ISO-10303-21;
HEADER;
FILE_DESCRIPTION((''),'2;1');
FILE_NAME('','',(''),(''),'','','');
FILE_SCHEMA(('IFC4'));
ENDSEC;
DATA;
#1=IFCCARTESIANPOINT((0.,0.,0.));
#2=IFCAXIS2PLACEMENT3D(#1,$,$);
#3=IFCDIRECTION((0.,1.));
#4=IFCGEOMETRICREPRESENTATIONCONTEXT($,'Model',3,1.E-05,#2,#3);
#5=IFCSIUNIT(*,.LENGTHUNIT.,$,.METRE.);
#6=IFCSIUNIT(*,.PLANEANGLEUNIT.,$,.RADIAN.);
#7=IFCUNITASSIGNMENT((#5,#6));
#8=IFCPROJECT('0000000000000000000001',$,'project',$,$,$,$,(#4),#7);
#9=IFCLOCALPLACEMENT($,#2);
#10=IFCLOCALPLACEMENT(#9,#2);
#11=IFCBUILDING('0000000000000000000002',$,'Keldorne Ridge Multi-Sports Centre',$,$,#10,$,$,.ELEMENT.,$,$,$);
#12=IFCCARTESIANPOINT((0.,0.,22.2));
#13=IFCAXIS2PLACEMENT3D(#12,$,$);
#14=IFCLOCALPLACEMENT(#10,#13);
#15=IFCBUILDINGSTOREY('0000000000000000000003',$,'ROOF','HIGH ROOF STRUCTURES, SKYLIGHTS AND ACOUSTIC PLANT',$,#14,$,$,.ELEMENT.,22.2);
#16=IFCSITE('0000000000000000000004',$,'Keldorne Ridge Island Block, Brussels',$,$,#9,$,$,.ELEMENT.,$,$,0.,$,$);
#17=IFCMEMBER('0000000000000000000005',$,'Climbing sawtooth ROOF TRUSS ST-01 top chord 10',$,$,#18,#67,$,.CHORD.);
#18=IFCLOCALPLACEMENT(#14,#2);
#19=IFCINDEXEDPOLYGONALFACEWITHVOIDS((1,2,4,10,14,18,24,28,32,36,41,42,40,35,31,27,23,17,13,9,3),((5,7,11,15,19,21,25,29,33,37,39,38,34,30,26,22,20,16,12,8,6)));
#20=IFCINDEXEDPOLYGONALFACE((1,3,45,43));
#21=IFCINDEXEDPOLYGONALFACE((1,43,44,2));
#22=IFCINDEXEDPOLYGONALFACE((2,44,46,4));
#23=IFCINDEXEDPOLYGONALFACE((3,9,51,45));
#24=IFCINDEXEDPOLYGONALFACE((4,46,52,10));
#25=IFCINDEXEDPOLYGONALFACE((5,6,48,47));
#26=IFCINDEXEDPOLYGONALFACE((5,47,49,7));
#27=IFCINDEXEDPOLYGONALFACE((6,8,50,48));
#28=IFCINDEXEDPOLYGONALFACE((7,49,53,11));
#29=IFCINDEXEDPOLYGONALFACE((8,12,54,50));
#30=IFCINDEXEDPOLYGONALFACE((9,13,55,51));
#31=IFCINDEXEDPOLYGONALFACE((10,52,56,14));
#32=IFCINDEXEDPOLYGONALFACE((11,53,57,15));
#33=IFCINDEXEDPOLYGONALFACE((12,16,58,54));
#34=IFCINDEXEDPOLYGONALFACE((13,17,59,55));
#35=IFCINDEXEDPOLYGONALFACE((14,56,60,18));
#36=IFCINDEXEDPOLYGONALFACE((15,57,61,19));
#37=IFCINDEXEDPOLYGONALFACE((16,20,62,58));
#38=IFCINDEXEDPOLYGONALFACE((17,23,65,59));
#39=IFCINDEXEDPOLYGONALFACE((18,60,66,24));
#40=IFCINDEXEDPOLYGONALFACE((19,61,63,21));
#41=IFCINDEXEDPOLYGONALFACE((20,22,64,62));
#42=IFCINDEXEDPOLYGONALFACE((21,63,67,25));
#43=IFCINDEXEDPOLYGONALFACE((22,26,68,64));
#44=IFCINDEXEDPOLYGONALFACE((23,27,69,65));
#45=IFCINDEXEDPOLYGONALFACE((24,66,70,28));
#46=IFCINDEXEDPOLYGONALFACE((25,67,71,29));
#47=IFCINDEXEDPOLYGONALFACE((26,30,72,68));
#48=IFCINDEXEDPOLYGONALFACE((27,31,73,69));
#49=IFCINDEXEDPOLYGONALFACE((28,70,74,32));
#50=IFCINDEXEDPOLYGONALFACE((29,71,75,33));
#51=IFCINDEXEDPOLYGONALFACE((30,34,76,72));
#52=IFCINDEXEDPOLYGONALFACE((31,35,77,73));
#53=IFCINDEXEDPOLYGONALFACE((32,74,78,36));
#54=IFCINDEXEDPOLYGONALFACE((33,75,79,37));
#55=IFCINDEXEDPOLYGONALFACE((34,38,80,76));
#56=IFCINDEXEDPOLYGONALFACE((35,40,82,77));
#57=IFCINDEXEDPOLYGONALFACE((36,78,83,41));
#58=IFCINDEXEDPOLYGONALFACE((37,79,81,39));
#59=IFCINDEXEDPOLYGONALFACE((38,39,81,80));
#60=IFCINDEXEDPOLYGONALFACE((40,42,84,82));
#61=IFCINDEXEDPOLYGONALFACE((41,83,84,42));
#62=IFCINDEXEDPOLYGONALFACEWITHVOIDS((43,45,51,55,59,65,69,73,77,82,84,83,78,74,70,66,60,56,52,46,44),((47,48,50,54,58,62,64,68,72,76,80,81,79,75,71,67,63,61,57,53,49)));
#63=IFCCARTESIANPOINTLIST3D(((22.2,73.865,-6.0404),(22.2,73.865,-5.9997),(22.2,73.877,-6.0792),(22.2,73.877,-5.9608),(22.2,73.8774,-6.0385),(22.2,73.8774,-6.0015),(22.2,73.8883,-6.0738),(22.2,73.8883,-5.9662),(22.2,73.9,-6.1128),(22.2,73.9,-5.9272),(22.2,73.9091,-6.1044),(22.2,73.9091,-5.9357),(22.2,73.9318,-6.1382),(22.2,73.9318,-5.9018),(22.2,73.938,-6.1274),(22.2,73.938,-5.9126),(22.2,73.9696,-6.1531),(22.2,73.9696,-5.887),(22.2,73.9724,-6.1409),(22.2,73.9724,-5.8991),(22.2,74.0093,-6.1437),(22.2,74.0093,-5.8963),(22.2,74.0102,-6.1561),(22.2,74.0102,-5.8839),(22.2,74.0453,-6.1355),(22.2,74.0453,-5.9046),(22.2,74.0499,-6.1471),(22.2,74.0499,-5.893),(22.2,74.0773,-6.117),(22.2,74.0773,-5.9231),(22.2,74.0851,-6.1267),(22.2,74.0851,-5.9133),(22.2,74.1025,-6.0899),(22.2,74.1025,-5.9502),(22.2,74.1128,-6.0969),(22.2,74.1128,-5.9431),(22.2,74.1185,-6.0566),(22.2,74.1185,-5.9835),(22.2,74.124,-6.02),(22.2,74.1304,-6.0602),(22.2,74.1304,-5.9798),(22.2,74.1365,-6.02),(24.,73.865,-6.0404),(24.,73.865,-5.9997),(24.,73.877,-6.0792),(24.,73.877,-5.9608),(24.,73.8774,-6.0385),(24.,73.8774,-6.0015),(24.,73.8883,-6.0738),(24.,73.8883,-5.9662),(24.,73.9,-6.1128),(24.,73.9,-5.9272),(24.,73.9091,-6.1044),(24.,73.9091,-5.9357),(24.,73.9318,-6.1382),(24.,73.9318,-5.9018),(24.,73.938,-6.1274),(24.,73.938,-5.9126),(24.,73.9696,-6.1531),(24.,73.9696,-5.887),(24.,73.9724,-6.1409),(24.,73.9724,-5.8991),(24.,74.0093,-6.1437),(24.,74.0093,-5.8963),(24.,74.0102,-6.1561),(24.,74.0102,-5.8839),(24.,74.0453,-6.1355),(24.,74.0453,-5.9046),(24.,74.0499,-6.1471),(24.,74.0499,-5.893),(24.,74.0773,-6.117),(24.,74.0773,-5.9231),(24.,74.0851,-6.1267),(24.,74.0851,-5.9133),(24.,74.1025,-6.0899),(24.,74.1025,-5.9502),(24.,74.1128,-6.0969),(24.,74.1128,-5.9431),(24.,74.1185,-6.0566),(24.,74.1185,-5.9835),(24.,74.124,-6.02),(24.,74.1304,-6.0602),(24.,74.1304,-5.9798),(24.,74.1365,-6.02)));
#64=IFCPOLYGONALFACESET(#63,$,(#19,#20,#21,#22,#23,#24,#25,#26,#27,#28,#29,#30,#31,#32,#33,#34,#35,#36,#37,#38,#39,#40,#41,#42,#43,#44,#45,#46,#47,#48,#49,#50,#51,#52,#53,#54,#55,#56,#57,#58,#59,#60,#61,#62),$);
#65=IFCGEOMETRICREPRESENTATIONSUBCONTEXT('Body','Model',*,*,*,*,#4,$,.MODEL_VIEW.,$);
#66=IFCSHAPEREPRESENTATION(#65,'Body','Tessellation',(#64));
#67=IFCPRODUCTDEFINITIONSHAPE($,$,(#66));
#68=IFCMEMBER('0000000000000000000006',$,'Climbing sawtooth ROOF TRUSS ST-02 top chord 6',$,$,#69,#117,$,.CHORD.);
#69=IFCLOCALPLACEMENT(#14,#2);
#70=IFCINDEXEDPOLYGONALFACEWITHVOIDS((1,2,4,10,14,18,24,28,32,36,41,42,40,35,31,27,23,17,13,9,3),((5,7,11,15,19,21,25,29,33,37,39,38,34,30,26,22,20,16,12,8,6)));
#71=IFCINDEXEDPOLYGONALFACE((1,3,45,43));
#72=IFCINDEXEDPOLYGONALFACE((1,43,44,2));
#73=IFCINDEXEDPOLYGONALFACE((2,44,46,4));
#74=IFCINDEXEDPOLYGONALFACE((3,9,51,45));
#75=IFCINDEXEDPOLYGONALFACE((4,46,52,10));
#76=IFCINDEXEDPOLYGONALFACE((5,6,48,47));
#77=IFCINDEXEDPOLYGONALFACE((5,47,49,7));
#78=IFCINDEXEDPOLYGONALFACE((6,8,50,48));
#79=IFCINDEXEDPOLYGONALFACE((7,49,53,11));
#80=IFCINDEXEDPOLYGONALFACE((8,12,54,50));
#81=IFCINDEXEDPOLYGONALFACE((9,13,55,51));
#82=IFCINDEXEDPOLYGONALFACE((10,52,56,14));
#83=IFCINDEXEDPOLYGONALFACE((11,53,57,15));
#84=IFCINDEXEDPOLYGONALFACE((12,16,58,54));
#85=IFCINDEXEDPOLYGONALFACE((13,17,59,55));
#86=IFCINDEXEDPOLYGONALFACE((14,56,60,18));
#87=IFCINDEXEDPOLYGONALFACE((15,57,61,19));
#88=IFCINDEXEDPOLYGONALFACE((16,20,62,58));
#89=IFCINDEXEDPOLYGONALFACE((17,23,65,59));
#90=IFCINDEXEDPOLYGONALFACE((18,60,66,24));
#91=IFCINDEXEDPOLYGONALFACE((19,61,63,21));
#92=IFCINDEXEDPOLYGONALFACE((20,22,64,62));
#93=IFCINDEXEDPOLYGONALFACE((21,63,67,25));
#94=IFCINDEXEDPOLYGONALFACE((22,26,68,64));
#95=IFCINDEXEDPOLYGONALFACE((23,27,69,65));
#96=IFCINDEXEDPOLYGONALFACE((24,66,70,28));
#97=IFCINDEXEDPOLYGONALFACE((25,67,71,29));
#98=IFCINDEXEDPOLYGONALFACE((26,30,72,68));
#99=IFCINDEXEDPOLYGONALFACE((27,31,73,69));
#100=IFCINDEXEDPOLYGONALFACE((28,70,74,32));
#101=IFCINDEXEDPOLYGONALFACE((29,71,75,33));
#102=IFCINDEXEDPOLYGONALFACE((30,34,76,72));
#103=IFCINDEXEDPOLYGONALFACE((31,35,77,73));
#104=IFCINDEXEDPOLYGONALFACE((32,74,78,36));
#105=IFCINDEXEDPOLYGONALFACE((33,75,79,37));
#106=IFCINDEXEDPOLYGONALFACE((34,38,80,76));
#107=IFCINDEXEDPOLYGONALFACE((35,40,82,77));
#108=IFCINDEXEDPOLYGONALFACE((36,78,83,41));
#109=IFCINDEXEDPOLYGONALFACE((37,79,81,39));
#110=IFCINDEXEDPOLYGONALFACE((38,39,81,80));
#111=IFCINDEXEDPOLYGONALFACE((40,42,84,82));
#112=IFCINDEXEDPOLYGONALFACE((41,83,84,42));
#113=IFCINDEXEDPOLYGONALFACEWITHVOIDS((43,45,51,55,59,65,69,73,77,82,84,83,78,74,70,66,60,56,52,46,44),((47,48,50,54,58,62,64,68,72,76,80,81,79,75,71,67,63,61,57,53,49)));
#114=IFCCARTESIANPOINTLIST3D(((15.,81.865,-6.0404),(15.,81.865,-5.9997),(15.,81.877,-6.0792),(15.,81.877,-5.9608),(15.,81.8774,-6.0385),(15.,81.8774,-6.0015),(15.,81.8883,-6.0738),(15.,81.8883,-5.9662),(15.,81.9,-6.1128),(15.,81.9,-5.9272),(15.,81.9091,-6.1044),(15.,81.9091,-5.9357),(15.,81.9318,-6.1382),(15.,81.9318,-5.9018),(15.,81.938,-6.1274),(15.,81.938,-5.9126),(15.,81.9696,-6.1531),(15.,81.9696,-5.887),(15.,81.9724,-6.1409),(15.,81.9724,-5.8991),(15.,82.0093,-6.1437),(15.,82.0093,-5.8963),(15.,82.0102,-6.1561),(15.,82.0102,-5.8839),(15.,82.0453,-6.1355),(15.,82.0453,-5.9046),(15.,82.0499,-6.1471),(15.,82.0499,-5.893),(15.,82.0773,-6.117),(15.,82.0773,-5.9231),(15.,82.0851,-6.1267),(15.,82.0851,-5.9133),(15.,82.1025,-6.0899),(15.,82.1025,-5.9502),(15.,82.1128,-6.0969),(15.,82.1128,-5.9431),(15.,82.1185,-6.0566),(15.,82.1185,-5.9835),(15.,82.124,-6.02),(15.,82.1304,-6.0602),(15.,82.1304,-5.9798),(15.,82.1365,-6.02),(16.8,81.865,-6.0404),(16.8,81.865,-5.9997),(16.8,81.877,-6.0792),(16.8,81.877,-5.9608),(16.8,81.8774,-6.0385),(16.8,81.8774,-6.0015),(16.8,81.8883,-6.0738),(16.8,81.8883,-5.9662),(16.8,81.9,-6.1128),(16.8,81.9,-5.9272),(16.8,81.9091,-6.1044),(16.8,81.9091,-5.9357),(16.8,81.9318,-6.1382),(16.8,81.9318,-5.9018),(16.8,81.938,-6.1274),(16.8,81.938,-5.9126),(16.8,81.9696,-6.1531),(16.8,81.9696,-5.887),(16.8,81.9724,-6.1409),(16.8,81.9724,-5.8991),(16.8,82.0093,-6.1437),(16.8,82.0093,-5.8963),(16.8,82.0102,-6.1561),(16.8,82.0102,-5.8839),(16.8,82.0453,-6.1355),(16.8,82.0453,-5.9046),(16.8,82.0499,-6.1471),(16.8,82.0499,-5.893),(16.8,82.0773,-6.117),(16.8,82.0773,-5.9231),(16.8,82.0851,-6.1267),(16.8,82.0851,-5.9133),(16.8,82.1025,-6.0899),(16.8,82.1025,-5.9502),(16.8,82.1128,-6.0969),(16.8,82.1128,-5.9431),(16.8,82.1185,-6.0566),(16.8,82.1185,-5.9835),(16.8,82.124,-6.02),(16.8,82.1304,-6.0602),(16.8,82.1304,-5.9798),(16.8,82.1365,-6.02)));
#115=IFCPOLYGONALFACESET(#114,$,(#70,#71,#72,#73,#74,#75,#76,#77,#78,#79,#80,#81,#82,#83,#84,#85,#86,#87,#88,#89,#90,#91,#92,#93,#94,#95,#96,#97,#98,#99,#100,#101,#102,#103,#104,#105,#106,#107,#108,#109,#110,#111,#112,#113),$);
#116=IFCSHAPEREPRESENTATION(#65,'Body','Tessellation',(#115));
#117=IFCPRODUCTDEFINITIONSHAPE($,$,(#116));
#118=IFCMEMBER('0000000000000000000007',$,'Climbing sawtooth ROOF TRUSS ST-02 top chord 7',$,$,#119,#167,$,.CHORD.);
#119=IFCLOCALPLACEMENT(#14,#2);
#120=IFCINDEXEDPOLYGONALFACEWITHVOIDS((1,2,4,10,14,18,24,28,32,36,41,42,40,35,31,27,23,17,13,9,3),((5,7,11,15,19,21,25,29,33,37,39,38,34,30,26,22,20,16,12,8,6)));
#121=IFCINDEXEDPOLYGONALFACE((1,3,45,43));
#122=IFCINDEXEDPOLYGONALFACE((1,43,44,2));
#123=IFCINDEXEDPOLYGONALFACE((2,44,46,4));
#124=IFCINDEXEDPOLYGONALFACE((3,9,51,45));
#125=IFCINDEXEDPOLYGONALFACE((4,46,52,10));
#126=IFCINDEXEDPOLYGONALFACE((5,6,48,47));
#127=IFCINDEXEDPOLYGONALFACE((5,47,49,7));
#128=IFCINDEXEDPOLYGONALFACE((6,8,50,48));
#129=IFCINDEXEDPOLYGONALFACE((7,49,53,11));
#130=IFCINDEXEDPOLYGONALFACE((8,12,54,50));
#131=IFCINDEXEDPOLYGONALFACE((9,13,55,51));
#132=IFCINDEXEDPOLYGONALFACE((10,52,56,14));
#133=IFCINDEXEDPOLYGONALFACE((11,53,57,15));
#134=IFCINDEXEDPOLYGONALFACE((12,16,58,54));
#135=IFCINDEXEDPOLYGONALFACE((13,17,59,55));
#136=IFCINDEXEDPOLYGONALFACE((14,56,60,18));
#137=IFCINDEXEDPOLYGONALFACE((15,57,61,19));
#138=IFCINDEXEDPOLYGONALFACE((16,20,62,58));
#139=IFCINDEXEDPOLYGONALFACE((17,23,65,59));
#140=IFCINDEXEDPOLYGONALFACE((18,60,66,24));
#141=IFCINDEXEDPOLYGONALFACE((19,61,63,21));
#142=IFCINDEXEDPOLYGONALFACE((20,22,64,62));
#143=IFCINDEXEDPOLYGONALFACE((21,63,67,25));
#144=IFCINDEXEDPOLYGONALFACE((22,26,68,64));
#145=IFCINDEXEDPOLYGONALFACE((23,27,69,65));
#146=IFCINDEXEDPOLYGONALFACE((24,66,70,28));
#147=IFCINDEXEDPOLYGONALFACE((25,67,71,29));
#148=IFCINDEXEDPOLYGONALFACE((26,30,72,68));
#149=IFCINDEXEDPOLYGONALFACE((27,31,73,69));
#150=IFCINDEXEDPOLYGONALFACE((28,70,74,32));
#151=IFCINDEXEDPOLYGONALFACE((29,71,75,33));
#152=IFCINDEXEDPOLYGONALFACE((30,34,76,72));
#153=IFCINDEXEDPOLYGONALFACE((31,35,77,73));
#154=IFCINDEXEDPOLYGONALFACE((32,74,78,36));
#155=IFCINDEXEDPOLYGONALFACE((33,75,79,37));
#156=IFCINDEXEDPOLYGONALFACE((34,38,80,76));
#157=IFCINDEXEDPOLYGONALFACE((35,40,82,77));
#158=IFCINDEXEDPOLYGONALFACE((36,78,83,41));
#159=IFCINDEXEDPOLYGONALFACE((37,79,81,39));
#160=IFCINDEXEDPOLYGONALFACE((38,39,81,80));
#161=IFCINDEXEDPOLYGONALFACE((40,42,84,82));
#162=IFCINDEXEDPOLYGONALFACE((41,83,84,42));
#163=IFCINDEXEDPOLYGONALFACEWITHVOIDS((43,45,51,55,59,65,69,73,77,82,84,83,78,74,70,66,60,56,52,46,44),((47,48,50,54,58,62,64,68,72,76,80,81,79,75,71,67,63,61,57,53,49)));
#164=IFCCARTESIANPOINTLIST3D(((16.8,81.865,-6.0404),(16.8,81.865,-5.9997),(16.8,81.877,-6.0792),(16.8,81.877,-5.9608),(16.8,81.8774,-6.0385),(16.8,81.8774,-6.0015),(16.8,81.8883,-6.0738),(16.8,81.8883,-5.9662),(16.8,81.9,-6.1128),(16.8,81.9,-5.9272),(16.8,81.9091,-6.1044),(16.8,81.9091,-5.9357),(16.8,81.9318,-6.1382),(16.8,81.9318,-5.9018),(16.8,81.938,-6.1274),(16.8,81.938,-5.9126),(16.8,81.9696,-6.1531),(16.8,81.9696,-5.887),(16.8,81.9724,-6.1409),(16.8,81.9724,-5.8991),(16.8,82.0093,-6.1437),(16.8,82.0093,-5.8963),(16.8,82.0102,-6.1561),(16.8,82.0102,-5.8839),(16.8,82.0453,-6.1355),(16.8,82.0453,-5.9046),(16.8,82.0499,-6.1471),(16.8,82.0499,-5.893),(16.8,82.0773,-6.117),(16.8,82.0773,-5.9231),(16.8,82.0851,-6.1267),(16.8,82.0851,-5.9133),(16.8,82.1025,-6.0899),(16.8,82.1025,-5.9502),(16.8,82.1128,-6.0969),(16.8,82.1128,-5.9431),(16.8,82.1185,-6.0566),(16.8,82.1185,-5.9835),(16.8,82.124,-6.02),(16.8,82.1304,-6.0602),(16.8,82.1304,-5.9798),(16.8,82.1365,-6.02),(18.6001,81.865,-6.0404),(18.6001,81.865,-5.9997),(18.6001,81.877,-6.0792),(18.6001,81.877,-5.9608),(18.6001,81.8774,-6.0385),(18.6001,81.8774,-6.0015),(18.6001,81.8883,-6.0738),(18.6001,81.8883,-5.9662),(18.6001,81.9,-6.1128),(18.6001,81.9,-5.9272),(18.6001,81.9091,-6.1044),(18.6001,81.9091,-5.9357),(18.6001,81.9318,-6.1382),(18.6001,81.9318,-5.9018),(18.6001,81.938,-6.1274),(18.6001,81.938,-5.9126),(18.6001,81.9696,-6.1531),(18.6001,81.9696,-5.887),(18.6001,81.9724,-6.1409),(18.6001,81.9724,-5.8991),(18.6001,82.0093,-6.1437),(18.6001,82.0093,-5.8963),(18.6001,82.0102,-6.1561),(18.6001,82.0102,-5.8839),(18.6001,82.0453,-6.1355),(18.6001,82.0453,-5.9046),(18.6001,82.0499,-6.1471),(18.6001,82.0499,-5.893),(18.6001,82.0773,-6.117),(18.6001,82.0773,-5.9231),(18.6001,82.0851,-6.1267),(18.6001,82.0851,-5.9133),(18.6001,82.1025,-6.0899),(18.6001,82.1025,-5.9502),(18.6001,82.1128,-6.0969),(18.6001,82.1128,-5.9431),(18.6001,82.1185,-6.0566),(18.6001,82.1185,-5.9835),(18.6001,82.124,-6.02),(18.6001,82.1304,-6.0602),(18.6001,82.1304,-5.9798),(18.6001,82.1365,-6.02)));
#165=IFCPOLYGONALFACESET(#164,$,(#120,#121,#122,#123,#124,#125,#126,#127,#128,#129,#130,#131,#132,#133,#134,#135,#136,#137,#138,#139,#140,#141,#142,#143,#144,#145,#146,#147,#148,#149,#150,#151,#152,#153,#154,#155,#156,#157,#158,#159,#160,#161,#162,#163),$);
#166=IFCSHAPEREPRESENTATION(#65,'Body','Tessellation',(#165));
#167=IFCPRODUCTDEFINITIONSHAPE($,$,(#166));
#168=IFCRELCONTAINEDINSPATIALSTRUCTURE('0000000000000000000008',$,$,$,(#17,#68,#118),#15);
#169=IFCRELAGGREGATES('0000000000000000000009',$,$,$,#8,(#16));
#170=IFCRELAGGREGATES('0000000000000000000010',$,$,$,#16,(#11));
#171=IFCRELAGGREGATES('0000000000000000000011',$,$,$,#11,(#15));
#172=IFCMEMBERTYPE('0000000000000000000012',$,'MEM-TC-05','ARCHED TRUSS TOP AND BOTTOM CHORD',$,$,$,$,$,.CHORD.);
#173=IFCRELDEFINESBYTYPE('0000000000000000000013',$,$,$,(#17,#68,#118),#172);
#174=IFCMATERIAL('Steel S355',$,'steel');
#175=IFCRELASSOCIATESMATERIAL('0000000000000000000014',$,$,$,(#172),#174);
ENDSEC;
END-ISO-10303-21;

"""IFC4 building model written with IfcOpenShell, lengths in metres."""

from ifc_helpers import new_model, si_unit, direction, frame, origin, origin_2d, place, context, subcontext, project, spatial, hollow_circle, extrude, material, material_profile, profile_set, type_object, element, save


model = new_model("IFC4")

# Units and contexts
model_context = context("Model", 3, precision=1e-05, world=origin(), true_north=direction((0.0, 1.0)))
body_context = subcontext(model_context, "Body", "Model", "MODEL_VIEW")
ifc_project = project(units=[si_unit("LENGTHUNIT", "METRE"), si_unit("PLANEANGLEUNIT", "RADIAN")], contexts=[model_context])

# Site, building, storey
site_placement = place(None, origin())
site = spatial("IfcSite", under=ifc_project, at=site_placement, Name="Keldorne Ridge Island Block, Brussels", CompositionType="ELEMENT", RefElevation=0.0)
building_placement = place(site_placement, origin())
building = spatial("IfcBuilding", under=site, at=building_placement, Name="Keldorne Ridge Multi-Sports Centre", CompositionType="ELEMENT")
storey_placement = place(building_placement, frame((0.0, 0.0, 22.2)))
storey = spatial("IfcBuildingStorey", under=building, at=storey_placement, Name="ROOF", Description="HIGH ROOF STRUCTURES, SKYLIGHTS AND ACOUSTIC PLANT", CompositionType="ELEMENT", Elevation=22.2)

# Shared definitions
ifc_material_1 = material(Name="Steel S355", Category="steel")

# Members
ifc_material_profile_1 = material_profile(ifc_material_1, hollow_circle(Radius=0.1365, WallThickness=0.0125, at=origin_2d()), Name="CHS 273x12.5")
ifc_profile_set_1 = profile_set([ifc_material_profile_1], Name="Steel S355")
member_type_1 = type_object("IfcMemberType", Name="MEM-TC-05", Description="ARCHED TRUSS TOP AND BOTTOM CHORD", PredefinedType="CHORD", material=ifc_profile_set_1)
for number, where, z_axis, x_axis, name in (
    (1, (22.2, 74.0, -6.02), (1.0, 0.0, 0.0), (0.0, 1.0, 0.0), "Climbing sawtooth ROOF TRUSS ST-01 top chord 10"),
    (2, (15.0, 82.0, -6.02), (1.0, 0.0, 0.0), (0.0, 1.0, 0.0), "Climbing sawtooth ROOF TRUSS ST-02 top chord 6"),
    (3, (16.8, 82.0, -6.02), (1.0, 0.0, 0.0), (0.0, 1.0, 0.0), "Climbing sawtooth ROOF TRUSS ST-02 top chord 7"),
):
    element("IfcMember", number, at=place(storey_placement, frame(where, z_axis=z_axis, x_axis=x_axis)), inside=storey, type_object=member_type_1, Name=name, PredefinedType="CHORD", context=body_context, shape_type="SweptSolid", body=[
        extrude(hollow_circle(Radius=0.1365, WallThickness=0.0125, at=origin_2d()), origin(), (0.0, 0.0, 1.0), 1.8),
    ])

save(model, "model.ifc")
